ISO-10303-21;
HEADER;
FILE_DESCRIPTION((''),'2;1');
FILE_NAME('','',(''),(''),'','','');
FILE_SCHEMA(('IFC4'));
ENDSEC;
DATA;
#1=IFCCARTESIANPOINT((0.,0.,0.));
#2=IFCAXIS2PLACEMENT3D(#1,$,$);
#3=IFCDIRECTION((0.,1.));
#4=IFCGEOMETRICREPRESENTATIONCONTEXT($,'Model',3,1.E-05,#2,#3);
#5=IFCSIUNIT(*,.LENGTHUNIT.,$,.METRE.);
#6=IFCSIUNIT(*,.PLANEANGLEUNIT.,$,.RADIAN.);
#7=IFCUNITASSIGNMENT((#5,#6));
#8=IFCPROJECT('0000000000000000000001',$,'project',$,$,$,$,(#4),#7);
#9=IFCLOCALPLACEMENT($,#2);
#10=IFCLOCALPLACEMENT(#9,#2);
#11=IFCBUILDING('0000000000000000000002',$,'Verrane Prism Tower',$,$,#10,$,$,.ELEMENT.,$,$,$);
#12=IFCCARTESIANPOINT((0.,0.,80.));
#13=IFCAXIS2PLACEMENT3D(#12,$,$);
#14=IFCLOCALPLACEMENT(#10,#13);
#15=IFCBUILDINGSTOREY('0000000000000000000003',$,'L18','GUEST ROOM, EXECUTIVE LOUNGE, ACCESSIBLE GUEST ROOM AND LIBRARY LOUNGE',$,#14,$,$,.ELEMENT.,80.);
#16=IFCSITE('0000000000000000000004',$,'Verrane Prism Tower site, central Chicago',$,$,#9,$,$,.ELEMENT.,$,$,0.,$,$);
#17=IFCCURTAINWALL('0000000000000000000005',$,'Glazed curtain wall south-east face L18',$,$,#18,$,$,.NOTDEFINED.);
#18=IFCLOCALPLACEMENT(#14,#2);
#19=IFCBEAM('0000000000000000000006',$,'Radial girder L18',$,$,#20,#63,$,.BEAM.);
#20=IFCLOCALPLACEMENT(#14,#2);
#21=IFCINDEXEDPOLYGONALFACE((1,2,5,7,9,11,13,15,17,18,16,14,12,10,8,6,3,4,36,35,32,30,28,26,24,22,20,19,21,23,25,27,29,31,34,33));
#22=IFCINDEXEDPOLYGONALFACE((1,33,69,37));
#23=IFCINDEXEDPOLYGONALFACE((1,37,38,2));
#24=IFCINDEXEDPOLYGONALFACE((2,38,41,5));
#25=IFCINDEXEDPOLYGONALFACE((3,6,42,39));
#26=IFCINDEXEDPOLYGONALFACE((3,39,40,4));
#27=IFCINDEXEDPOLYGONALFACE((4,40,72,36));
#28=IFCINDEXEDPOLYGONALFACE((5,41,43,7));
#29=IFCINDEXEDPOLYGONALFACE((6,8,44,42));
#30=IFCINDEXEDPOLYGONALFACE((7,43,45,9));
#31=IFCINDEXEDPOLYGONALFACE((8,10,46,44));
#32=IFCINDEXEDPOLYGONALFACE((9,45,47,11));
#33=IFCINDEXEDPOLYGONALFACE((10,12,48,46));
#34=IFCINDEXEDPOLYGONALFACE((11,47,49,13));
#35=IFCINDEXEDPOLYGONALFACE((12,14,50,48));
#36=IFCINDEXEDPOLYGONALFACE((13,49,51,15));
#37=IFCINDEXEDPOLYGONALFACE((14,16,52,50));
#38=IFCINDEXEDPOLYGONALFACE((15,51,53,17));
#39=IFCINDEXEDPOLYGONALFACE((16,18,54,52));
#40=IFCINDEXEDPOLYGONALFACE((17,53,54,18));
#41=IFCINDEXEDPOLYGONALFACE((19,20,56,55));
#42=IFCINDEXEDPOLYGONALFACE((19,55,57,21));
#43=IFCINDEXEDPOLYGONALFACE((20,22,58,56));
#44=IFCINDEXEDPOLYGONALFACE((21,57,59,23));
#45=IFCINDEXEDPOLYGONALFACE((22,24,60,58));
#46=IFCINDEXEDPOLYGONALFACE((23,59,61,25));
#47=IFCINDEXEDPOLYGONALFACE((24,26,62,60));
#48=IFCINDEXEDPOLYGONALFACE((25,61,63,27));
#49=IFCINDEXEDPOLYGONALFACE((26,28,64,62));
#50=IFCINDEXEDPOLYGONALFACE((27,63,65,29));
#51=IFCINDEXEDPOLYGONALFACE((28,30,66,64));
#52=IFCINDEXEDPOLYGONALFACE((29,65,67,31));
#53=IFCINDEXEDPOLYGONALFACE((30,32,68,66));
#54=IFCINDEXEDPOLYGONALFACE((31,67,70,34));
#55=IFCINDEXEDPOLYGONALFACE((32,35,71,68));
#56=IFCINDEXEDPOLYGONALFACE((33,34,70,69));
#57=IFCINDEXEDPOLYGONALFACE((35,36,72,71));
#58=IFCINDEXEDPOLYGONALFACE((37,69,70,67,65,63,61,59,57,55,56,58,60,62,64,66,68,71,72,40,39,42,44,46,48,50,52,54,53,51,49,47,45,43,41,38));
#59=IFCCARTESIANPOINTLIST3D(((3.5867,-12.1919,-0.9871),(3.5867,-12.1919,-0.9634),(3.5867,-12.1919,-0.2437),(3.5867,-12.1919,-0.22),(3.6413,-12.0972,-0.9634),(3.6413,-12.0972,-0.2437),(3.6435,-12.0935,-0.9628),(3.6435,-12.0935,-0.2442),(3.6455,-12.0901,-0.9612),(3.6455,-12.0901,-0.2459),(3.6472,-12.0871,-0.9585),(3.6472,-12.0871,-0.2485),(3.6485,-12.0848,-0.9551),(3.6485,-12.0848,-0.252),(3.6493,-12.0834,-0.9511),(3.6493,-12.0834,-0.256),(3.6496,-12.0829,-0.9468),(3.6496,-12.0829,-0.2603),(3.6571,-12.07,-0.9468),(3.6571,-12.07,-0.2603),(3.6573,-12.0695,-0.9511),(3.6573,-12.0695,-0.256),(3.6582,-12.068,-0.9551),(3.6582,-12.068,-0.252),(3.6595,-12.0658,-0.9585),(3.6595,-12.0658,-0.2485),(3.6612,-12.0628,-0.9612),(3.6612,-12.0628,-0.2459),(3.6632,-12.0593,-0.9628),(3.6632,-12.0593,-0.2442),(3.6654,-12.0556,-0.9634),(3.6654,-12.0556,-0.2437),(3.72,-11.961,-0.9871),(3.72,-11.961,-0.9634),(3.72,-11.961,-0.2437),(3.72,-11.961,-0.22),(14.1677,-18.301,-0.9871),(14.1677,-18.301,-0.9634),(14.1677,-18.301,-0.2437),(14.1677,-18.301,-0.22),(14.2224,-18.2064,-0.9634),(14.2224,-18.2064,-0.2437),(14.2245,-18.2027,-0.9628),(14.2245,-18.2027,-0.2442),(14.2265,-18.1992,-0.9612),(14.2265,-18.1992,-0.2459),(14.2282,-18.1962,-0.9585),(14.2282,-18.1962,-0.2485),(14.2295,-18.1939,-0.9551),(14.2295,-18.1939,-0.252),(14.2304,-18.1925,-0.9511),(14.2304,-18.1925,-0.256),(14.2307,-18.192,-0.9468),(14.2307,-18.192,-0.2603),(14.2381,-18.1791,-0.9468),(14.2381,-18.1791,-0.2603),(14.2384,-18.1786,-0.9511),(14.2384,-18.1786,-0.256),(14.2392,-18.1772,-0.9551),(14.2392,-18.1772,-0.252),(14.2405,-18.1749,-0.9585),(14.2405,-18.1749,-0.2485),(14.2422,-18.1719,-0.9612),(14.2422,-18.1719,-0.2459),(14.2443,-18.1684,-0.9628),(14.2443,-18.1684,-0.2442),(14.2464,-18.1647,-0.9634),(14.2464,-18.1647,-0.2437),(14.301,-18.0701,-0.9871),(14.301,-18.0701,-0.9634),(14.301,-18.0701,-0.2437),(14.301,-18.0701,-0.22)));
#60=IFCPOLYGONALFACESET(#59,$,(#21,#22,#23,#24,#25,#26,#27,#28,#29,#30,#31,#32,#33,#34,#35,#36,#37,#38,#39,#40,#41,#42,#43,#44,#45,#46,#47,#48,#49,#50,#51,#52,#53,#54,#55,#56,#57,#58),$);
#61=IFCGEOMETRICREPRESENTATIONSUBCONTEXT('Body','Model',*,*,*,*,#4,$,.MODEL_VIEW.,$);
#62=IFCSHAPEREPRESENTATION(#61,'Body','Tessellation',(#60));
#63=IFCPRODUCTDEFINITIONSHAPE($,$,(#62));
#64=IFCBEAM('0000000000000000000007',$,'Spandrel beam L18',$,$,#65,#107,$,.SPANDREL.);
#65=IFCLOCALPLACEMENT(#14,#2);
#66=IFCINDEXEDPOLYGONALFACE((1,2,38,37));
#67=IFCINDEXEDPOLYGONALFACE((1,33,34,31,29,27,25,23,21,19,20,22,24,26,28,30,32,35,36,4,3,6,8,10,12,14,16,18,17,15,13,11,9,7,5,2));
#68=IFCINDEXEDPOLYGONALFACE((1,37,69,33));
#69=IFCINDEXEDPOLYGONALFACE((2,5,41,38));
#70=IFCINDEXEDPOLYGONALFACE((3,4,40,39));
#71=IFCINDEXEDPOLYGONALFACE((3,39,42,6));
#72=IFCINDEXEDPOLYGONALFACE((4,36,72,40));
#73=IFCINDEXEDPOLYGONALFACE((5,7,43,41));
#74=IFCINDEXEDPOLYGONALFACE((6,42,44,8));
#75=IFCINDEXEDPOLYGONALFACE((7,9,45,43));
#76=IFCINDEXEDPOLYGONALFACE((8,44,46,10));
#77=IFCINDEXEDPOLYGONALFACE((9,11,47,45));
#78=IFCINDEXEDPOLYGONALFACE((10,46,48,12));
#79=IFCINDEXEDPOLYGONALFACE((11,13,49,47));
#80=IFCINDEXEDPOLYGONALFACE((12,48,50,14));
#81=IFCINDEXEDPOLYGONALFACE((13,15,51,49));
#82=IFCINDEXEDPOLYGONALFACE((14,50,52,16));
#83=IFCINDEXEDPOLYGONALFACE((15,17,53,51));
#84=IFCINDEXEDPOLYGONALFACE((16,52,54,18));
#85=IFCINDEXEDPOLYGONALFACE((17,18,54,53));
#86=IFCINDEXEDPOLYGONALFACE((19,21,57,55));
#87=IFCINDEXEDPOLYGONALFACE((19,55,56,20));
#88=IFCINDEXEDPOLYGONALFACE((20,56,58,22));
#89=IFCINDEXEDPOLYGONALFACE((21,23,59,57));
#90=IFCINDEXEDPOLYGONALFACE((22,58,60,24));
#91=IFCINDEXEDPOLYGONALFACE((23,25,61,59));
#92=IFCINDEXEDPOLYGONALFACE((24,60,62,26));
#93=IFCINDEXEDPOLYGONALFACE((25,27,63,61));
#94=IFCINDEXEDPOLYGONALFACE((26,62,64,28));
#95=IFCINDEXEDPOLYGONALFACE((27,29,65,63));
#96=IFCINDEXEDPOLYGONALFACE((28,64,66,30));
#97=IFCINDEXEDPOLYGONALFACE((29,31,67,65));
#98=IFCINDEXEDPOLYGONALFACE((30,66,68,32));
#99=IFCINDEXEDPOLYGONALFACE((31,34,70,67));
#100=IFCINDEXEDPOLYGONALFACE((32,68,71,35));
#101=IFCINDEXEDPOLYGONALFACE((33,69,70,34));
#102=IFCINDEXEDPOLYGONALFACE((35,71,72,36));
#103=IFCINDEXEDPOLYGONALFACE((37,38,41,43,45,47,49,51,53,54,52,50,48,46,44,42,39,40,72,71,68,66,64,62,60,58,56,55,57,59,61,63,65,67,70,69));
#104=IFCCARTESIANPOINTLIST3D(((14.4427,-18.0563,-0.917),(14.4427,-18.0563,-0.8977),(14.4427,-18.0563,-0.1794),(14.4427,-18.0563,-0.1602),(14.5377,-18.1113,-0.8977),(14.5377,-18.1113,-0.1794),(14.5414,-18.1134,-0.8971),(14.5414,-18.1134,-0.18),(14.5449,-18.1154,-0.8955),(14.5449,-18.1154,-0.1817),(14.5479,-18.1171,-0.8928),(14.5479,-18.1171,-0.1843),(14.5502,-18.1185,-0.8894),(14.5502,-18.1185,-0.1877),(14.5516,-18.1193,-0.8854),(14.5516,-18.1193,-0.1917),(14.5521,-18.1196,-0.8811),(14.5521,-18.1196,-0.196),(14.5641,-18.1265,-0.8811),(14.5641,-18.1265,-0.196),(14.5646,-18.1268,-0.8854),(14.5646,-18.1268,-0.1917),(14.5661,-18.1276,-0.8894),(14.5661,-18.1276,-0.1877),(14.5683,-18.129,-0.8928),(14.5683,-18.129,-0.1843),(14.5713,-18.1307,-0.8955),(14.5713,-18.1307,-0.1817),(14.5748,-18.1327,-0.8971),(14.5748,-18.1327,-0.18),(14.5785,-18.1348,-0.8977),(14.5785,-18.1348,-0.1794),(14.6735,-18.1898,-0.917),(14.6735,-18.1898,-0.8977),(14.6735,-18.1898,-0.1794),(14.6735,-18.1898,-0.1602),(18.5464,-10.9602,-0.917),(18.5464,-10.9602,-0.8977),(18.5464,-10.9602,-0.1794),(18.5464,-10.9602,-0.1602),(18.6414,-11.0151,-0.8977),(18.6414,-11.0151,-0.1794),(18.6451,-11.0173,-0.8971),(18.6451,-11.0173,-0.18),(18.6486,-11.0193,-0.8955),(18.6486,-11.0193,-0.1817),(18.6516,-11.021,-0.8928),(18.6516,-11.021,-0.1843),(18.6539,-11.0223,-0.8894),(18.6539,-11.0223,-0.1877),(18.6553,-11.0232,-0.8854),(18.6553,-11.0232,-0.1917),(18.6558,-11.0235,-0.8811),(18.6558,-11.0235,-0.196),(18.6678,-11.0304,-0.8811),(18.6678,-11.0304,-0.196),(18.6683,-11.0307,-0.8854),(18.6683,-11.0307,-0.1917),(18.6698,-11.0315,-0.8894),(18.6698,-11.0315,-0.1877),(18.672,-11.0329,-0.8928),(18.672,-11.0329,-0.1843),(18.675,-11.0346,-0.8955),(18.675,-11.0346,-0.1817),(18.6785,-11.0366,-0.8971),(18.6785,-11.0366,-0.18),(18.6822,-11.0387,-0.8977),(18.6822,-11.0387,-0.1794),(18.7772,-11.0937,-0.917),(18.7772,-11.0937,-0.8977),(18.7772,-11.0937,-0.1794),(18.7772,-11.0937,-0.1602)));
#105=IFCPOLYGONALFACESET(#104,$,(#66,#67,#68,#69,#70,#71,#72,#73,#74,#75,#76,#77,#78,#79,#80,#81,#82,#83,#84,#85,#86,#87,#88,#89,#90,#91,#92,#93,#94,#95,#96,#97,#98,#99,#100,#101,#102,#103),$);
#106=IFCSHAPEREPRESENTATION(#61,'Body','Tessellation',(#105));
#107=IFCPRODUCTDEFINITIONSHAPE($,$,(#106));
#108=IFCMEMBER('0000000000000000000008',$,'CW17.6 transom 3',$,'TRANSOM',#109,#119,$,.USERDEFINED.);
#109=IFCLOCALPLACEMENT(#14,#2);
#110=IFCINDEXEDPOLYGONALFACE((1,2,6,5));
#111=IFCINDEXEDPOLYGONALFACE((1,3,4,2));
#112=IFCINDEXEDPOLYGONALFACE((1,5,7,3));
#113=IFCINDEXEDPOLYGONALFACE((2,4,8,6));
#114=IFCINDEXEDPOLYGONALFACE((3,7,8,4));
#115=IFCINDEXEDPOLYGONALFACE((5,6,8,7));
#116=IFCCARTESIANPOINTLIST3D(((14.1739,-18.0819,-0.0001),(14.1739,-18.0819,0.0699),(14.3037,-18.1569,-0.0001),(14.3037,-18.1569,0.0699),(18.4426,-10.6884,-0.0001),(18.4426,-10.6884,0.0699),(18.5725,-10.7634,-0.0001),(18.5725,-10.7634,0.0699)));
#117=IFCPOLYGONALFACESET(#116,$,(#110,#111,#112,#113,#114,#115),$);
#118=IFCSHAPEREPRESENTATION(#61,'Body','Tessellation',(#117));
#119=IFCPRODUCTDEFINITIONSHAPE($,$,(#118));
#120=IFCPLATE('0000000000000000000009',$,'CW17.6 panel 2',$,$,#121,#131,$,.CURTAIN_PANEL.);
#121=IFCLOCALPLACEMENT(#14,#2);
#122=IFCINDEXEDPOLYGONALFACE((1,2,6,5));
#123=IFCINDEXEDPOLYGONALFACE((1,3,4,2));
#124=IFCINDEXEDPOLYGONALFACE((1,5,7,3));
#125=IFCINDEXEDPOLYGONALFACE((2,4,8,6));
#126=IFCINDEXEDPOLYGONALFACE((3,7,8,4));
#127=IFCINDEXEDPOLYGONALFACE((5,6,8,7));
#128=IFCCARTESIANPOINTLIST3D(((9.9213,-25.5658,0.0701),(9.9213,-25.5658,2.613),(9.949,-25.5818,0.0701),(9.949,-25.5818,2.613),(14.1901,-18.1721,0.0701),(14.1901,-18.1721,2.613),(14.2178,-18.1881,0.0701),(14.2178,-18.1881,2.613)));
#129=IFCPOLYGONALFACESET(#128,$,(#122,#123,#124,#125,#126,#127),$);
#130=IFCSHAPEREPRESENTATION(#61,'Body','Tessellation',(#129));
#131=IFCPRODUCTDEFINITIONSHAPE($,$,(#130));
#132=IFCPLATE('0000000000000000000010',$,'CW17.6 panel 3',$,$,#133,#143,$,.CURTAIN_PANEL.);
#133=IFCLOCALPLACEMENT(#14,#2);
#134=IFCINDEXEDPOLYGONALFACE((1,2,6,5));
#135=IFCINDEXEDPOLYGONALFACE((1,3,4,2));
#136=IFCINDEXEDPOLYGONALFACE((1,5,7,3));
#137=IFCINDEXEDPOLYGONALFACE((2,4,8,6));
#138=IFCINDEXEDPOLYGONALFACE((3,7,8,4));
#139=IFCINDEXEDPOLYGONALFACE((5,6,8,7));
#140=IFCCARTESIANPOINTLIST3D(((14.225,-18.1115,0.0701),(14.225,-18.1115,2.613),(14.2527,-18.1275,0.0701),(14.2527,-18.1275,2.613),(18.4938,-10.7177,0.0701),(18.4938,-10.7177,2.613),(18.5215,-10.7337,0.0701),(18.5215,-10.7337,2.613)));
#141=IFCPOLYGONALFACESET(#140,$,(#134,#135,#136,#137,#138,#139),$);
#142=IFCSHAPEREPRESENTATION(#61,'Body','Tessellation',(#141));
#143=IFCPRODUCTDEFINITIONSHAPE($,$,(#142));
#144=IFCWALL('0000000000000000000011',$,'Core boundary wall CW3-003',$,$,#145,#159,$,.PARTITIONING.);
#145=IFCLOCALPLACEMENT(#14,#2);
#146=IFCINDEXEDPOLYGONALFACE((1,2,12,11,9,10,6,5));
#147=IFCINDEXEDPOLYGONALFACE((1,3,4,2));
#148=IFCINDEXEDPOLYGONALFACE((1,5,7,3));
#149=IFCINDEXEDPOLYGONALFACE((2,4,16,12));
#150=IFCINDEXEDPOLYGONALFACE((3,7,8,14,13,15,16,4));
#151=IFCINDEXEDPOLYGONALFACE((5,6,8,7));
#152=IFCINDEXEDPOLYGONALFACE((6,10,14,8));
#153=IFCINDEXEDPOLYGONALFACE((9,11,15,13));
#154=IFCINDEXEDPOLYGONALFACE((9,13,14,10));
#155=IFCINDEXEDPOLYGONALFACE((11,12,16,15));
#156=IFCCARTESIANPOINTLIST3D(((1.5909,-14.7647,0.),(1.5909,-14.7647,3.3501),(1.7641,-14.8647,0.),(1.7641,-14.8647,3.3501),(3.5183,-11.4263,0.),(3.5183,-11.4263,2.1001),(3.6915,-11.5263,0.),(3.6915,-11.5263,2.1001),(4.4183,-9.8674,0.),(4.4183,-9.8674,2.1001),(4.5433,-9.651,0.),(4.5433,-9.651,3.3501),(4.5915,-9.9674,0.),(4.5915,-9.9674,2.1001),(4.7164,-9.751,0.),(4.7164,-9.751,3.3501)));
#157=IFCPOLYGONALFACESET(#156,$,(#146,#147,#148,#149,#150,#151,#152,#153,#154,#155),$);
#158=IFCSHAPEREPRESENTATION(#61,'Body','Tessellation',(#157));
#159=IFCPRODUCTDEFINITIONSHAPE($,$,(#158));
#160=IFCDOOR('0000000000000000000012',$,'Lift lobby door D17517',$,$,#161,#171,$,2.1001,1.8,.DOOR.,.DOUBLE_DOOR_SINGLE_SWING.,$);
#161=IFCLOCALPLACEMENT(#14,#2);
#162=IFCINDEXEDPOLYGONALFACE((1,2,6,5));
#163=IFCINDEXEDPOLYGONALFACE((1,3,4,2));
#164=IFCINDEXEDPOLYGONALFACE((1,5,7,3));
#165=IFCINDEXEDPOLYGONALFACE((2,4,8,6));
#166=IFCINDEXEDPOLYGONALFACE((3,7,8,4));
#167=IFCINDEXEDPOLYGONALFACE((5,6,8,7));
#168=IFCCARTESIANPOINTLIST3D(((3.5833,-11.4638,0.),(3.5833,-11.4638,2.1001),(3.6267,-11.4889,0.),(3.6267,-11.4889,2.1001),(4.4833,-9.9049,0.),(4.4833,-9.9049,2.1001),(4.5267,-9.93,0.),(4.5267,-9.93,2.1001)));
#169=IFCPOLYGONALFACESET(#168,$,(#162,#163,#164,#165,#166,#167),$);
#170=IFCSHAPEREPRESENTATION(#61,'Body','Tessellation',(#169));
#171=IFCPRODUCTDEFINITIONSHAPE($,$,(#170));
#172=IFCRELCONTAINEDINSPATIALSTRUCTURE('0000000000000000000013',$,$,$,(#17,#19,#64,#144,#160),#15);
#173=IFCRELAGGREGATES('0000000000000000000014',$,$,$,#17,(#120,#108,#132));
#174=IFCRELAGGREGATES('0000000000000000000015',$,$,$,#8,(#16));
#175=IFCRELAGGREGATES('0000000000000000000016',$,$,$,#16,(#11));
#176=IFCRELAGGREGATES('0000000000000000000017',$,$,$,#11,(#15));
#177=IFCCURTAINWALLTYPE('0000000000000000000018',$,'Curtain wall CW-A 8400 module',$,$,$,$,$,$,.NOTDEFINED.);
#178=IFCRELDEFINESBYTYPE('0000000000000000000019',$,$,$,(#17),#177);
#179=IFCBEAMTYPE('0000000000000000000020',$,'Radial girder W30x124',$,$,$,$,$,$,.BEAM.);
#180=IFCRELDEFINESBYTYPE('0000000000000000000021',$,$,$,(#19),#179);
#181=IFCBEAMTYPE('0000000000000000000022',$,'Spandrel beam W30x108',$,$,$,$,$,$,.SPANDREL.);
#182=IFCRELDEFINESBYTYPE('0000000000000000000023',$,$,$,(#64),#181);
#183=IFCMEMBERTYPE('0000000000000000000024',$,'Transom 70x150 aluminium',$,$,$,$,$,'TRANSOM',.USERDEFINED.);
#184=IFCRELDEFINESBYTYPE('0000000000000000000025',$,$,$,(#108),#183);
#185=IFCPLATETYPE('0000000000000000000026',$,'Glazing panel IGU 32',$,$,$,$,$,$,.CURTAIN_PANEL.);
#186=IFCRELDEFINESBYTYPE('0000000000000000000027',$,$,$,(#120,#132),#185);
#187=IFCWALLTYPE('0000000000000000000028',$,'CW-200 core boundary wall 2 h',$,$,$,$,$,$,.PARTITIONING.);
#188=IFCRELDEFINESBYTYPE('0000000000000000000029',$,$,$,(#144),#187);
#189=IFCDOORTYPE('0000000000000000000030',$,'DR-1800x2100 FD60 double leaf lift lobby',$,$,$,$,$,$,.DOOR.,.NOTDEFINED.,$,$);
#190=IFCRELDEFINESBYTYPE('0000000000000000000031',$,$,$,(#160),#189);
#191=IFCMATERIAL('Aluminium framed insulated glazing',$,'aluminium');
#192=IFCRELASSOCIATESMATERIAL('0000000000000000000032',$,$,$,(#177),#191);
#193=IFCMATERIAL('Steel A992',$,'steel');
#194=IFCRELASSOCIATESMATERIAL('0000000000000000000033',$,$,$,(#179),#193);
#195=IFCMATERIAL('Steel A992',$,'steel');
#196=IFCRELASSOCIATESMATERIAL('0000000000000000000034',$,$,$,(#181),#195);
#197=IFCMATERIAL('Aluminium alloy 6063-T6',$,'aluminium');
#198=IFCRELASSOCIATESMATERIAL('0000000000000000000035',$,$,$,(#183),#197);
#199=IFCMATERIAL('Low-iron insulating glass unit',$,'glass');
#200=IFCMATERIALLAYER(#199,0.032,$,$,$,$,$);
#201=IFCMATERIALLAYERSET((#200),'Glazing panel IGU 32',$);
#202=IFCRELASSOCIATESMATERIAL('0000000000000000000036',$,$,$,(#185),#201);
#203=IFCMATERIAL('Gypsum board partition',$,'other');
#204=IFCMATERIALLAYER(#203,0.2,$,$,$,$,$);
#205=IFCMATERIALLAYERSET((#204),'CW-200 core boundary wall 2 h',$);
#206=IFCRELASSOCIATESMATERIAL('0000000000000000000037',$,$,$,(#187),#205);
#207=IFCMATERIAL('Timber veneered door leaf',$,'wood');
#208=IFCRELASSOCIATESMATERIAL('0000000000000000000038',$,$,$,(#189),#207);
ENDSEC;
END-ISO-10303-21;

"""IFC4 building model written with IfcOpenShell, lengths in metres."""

from ifc_helpers import new_model, si_unit, direction, frame, frame_2d, origin, origin_2d, place, context, subcontext, project, spatial, rectangle, i_section, extrude, material, layer, layer_set, material_profile, profile_set, type_object, element, fill, aggregate, save


model = new_model("IFC4")

# Units and contexts
model_context = context("Model", 3, precision=1e-05, world=origin(), true_north=direction((0.0, 1.0)))
body_context = subcontext(model_context, "Body", "Model", "MODEL_VIEW")
ifc_project = project(units=[si_unit("LENGTHUNIT", "METRE"), si_unit("PLANEANGLEUNIT", "RADIAN")], contexts=[model_context])

# Site, building, storey
site_placement = place(None, origin())
site = spatial("IfcSite", under=ifc_project, at=site_placement, Name="Verrane Prism Tower site, central Chicago", CompositionType="ELEMENT", RefElevation=0.0)
building_placement = place(site_placement, origin())
building = spatial("IfcBuilding", under=site, at=building_placement, Name="Verrane Prism Tower", CompositionType="ELEMENT")
storey_placement = place(building_placement, frame((0.0, 0.0, 80.0)))
storey = spatial("IfcBuildingStorey", under=building, at=storey_placement, Name="L18", Description="GUEST ROOM, EXECUTIVE LOUNGE, ACCESSIBLE GUEST ROOM AND LIBRARY LOUNGE", CompositionType="ELEMENT", Elevation=80.0)

# Curtain wall
ifc_material_1 = material(Name="Aluminium framed insulated glazing", Category="aluminium")
curtain_wall_type = type_object("IfcCurtainWallType", Name="Curtain wall CW-A 8400 module", PredefinedType="NOTDEFINED", material=ifc_material_1)
curtain_wall_placement = place(storey_placement, origin())
curtain_wall = element("IfcCurtainWall", 1, at=curtain_wall_placement, inside=storey, type_object=curtain_wall_type, Name="Glazed curtain wall south-east face L18", PredefinedType="NOTDEFINED")

# Beams
ifc_material_2 = material(Name="Steel A992", Category="steel")
ifc_material_profile_1 = material_profile(ifc_material_2, i_section(OverallWidth=0.2666, OverallDepth=0.7671, WebThickness=0.0149, FlangeThickness=0.0237, FilletRadius=0.0166, at=origin_2d()), Name="W30x124")
ifc_profile_set_1 = profile_set([ifc_material_profile_1], Name="Steel A992")
beam_type_1 = type_object("IfcBeamType", Name="Radial girder W30x124", PredefinedType="BEAM", material=ifc_profile_set_1)
beam_1_placement = place(storey_placement, frame((14.2344, -18.1855, -0.6035), z_axis=(-0.86602, 0.50001, 0.0), x_axis=(-0.50001, -0.86602, 0.0)))
element("IfcBeam", 2, at=beam_1_placement, inside=storey, type_object=beam_type_1, Name="Radial girder L18", PredefinedType="BEAM", context=body_context, shape_type="SweptSolid", body=[
    extrude(i_section(OverallWidth=0.2666, OverallDepth=0.7671, WebThickness=0.0149, FlangeThickness=0.0237, FilletRadius=0.0166, at=origin_2d()), origin(), (0.0, 0.0, 1.0), 12.218),
])
ifc_material_3 = material(Name="Steel A992", Category="steel")
ifc_material_profile_2 = material_profile(ifc_material_3, i_section(OverallWidth=0.2666, OverallDepth=0.7568, WebThickness=0.0139, FlangeThickness=0.0193, FilletRadius=0.0166, at=origin_2d()), Name="W30x108")
ifc_profile_set_2 = profile_set([ifc_material_profile_2], Name="Steel A992")
beam_type_2 = type_object("IfcBeamType", Name="Spandrel beam W30x108", PredefinedType="SPANDREL", material=ifc_profile_set_2)
beam_2_placement = place(storey_placement, frame((14.5581, -18.123, -0.5386), z_axis=(0.500619, 0.865667, 0.0), x_axis=(-0.865667, 0.500619, 0.0)))
element("IfcBeam", 3, at=beam_2_placement, inside=storey, type_object=beam_type_2, Name="Spandrel beam L18", PredefinedType="SPANDREL", context=body_context, shape_type="SweptSolid", body=[
    extrude(i_section(OverallWidth=0.2666, OverallDepth=0.7568, WebThickness=0.0139, FlangeThickness=0.0193, FilletRadius=0.0166, at=origin_2d()), origin(), (0.0, 0.0, 1.0), 8.1973),
])

# Member
ifc_material_4 = material(Name="Aluminium alloy 6063-T6", Category="aluminium")
ifc_material_profile_3 = material_profile(ifc_material_4, rectangle(XDim=0.1499, YDim=0.0701, at=origin_2d()), Name="Transom 70x150 aluminium")
ifc_profile_set_3 = profile_set([ifc_material_profile_3], Name="Aluminium alloy 6063-T6")
member_type_1 = type_object("IfcMemberType", Name="Transom 70x150 aluminium", ElementType="TRANSOM", PredefinedType="USERDEFINED", material=ifc_profile_set_3)
member_1_placement = place(storey_placement, frame((14.2388, -18.1194, 0.0349), z_axis=(0.500011, 0.866019, 0.0), x_axis=(-0.866019, 0.500011, 0.0)))
member_1 = element("IfcMember", 4, at=member_1_placement, type_object=member_type_1, Name="CW17.6 transom 3", ObjectType="TRANSOM", PredefinedType="USERDEFINED", context=body_context, shape_type="SweptSolid", body=[
    extrude(rectangle(XDim=0.1499, YDim=0.0701, at=origin_2d()), origin(), (0.0, 0.0, 1.0), 8.5374),
])

# Plates
ifc_material_5 = material(Name="Low-iron insulating glass unit", Category="glass")
ifc_layer_1 = layer(ifc_material_5, 0.032)
ifc_layer_set_1 = layer_set([ifc_layer_1], Name="Glazing panel IGU 32")
plate_type = type_object("IfcPlateType", Name="Glazing panel IGU 32", PredefinedType="CURTAIN_PANEL", material=ifc_layer_set_1)
plate_1_placement = place(storey_placement, frame((12.0696, -21.877, 0.0701), z_axis=(0.0, 0.0, 1.0), x_axis=(0.499999, 0.866026, 0.0)))
plate_1 = element("IfcPlate", 5, at=plate_1_placement, type_object=plate_type, Name="CW17.6 panel 2", PredefinedType="CURTAIN_PANEL", context=body_context, shape_type="SweptSolid", body=[
    extrude(rectangle(XDim=8.5376, YDim=0.032, at=origin_2d()), origin(), (0.0, 0.0, 1.0), 2.543),
])
plate_2_placement = place(storey_placement, frame((16.3733, -14.4226, 0.0701), z_axis=(0.0, 0.0, 1.0), x_axis=(0.499999, 0.866026, 0.0)))
plate_2 = element("IfcPlate", 6, at=plate_2_placement, type_object=plate_type, Name="CW17.6 panel 3", PredefinedType="CURTAIN_PANEL", context=body_context, shape_type="SweptSolid", body=[
    extrude(rectangle(XDim=8.5376, YDim=0.032, at=origin_2d()), origin(), (0.0, 0.0, 1.0), 2.543),
])
aggregate(curtain_wall, [plate_1, member_1, plate_2])

# Wall, opening, door
ifc_material_6 = material(Name="Gypsum board partition", Category="other")
ifc_layer_2 = layer(ifc_material_6, 0.2)
ifc_layer_set_2 = layer_set([ifc_layer_2], Name="CW-200 core boundary wall 2 h")
wall_type_1 = type_object("IfcWallType", Name="CW-200 core boundary wall 2 h", PredefinedType="PARTITIONING", material=ifc_layer_set_2)
wall_1_placement = place(storey_placement, frame((1.6775, -14.8147, 0.0), z_axis=(0.0, 0.0, 1.0), x_axis=(0.499994, 0.866029, 0.0)))
wall_1 = element("IfcWall", 7, at=wall_1_placement, inside=storey, type_object=wall_type_1, Name="Core boundary wall CW3-003", PredefinedType="PARTITIONING", context=body_context, shape_type="SweptSolid", body=[
    extrude(rectangle(XDim=5.9048, YDim=0.2, at=frame_2d((2.9524, 0.0))), origin(), (0.0, 0.0, 1.0), 3.3501),
])
opening_1_placement = place(wall_1_placement, frame((3.855, 0.0, 0.0)))
opening_1 = element("IfcOpeningElement", 8, at=opening_1_placement, cuts=wall_1, PredefinedType="OPENING", context=body_context, shape_type="SweptSolid", body=[
    extrude(rectangle(XDim=1.8, YDim=2.1001, at=frame_2d((0.8999, 1.05))), frame((0.0, 0.1099, 0.0), z_axis=(0.0, -1.0, 0.0), x_axis=(1.0, 0.0, 0.0)), (0.0, 0.0, 1.0), 0.22),
])
ifc_material_7 = material(Name="Timber veneered door leaf", Category="wood")
door_type_1 = type_object("IfcDoorType", Name="DR-1800x2100 FD60 double leaf lift lobby", OperationType="NOTDEFINED", PredefinedType="DOOR", material=ifc_material_7)
door_1_placement = place(opening_1_placement, origin())
door_1 = element("IfcDoor", 9, at=door_1_placement, inside=storey, type_object=door_type_1, Name="Lift lobby door D17517", OperationType="DOUBLE_DOOR_SINGLE_SWING", OverallHeight=2.1001, OverallWidth=1.8, PredefinedType="DOOR", context=body_context, shape_type="SweptSolid", body=[
    extrude(rectangle(XDim=1.8, YDim=2.1001, at=frame_2d((0.8999, 1.05))), frame((0.0, 0.0249, 0.0), z_axis=(0.0, -1.0, 0.0), x_axis=(1.0, 0.0, 0.0)), (0.0, 0.0, 1.0), 0.05),
])
fill(opening_1, door_1)

save(model, "model.ifc")
